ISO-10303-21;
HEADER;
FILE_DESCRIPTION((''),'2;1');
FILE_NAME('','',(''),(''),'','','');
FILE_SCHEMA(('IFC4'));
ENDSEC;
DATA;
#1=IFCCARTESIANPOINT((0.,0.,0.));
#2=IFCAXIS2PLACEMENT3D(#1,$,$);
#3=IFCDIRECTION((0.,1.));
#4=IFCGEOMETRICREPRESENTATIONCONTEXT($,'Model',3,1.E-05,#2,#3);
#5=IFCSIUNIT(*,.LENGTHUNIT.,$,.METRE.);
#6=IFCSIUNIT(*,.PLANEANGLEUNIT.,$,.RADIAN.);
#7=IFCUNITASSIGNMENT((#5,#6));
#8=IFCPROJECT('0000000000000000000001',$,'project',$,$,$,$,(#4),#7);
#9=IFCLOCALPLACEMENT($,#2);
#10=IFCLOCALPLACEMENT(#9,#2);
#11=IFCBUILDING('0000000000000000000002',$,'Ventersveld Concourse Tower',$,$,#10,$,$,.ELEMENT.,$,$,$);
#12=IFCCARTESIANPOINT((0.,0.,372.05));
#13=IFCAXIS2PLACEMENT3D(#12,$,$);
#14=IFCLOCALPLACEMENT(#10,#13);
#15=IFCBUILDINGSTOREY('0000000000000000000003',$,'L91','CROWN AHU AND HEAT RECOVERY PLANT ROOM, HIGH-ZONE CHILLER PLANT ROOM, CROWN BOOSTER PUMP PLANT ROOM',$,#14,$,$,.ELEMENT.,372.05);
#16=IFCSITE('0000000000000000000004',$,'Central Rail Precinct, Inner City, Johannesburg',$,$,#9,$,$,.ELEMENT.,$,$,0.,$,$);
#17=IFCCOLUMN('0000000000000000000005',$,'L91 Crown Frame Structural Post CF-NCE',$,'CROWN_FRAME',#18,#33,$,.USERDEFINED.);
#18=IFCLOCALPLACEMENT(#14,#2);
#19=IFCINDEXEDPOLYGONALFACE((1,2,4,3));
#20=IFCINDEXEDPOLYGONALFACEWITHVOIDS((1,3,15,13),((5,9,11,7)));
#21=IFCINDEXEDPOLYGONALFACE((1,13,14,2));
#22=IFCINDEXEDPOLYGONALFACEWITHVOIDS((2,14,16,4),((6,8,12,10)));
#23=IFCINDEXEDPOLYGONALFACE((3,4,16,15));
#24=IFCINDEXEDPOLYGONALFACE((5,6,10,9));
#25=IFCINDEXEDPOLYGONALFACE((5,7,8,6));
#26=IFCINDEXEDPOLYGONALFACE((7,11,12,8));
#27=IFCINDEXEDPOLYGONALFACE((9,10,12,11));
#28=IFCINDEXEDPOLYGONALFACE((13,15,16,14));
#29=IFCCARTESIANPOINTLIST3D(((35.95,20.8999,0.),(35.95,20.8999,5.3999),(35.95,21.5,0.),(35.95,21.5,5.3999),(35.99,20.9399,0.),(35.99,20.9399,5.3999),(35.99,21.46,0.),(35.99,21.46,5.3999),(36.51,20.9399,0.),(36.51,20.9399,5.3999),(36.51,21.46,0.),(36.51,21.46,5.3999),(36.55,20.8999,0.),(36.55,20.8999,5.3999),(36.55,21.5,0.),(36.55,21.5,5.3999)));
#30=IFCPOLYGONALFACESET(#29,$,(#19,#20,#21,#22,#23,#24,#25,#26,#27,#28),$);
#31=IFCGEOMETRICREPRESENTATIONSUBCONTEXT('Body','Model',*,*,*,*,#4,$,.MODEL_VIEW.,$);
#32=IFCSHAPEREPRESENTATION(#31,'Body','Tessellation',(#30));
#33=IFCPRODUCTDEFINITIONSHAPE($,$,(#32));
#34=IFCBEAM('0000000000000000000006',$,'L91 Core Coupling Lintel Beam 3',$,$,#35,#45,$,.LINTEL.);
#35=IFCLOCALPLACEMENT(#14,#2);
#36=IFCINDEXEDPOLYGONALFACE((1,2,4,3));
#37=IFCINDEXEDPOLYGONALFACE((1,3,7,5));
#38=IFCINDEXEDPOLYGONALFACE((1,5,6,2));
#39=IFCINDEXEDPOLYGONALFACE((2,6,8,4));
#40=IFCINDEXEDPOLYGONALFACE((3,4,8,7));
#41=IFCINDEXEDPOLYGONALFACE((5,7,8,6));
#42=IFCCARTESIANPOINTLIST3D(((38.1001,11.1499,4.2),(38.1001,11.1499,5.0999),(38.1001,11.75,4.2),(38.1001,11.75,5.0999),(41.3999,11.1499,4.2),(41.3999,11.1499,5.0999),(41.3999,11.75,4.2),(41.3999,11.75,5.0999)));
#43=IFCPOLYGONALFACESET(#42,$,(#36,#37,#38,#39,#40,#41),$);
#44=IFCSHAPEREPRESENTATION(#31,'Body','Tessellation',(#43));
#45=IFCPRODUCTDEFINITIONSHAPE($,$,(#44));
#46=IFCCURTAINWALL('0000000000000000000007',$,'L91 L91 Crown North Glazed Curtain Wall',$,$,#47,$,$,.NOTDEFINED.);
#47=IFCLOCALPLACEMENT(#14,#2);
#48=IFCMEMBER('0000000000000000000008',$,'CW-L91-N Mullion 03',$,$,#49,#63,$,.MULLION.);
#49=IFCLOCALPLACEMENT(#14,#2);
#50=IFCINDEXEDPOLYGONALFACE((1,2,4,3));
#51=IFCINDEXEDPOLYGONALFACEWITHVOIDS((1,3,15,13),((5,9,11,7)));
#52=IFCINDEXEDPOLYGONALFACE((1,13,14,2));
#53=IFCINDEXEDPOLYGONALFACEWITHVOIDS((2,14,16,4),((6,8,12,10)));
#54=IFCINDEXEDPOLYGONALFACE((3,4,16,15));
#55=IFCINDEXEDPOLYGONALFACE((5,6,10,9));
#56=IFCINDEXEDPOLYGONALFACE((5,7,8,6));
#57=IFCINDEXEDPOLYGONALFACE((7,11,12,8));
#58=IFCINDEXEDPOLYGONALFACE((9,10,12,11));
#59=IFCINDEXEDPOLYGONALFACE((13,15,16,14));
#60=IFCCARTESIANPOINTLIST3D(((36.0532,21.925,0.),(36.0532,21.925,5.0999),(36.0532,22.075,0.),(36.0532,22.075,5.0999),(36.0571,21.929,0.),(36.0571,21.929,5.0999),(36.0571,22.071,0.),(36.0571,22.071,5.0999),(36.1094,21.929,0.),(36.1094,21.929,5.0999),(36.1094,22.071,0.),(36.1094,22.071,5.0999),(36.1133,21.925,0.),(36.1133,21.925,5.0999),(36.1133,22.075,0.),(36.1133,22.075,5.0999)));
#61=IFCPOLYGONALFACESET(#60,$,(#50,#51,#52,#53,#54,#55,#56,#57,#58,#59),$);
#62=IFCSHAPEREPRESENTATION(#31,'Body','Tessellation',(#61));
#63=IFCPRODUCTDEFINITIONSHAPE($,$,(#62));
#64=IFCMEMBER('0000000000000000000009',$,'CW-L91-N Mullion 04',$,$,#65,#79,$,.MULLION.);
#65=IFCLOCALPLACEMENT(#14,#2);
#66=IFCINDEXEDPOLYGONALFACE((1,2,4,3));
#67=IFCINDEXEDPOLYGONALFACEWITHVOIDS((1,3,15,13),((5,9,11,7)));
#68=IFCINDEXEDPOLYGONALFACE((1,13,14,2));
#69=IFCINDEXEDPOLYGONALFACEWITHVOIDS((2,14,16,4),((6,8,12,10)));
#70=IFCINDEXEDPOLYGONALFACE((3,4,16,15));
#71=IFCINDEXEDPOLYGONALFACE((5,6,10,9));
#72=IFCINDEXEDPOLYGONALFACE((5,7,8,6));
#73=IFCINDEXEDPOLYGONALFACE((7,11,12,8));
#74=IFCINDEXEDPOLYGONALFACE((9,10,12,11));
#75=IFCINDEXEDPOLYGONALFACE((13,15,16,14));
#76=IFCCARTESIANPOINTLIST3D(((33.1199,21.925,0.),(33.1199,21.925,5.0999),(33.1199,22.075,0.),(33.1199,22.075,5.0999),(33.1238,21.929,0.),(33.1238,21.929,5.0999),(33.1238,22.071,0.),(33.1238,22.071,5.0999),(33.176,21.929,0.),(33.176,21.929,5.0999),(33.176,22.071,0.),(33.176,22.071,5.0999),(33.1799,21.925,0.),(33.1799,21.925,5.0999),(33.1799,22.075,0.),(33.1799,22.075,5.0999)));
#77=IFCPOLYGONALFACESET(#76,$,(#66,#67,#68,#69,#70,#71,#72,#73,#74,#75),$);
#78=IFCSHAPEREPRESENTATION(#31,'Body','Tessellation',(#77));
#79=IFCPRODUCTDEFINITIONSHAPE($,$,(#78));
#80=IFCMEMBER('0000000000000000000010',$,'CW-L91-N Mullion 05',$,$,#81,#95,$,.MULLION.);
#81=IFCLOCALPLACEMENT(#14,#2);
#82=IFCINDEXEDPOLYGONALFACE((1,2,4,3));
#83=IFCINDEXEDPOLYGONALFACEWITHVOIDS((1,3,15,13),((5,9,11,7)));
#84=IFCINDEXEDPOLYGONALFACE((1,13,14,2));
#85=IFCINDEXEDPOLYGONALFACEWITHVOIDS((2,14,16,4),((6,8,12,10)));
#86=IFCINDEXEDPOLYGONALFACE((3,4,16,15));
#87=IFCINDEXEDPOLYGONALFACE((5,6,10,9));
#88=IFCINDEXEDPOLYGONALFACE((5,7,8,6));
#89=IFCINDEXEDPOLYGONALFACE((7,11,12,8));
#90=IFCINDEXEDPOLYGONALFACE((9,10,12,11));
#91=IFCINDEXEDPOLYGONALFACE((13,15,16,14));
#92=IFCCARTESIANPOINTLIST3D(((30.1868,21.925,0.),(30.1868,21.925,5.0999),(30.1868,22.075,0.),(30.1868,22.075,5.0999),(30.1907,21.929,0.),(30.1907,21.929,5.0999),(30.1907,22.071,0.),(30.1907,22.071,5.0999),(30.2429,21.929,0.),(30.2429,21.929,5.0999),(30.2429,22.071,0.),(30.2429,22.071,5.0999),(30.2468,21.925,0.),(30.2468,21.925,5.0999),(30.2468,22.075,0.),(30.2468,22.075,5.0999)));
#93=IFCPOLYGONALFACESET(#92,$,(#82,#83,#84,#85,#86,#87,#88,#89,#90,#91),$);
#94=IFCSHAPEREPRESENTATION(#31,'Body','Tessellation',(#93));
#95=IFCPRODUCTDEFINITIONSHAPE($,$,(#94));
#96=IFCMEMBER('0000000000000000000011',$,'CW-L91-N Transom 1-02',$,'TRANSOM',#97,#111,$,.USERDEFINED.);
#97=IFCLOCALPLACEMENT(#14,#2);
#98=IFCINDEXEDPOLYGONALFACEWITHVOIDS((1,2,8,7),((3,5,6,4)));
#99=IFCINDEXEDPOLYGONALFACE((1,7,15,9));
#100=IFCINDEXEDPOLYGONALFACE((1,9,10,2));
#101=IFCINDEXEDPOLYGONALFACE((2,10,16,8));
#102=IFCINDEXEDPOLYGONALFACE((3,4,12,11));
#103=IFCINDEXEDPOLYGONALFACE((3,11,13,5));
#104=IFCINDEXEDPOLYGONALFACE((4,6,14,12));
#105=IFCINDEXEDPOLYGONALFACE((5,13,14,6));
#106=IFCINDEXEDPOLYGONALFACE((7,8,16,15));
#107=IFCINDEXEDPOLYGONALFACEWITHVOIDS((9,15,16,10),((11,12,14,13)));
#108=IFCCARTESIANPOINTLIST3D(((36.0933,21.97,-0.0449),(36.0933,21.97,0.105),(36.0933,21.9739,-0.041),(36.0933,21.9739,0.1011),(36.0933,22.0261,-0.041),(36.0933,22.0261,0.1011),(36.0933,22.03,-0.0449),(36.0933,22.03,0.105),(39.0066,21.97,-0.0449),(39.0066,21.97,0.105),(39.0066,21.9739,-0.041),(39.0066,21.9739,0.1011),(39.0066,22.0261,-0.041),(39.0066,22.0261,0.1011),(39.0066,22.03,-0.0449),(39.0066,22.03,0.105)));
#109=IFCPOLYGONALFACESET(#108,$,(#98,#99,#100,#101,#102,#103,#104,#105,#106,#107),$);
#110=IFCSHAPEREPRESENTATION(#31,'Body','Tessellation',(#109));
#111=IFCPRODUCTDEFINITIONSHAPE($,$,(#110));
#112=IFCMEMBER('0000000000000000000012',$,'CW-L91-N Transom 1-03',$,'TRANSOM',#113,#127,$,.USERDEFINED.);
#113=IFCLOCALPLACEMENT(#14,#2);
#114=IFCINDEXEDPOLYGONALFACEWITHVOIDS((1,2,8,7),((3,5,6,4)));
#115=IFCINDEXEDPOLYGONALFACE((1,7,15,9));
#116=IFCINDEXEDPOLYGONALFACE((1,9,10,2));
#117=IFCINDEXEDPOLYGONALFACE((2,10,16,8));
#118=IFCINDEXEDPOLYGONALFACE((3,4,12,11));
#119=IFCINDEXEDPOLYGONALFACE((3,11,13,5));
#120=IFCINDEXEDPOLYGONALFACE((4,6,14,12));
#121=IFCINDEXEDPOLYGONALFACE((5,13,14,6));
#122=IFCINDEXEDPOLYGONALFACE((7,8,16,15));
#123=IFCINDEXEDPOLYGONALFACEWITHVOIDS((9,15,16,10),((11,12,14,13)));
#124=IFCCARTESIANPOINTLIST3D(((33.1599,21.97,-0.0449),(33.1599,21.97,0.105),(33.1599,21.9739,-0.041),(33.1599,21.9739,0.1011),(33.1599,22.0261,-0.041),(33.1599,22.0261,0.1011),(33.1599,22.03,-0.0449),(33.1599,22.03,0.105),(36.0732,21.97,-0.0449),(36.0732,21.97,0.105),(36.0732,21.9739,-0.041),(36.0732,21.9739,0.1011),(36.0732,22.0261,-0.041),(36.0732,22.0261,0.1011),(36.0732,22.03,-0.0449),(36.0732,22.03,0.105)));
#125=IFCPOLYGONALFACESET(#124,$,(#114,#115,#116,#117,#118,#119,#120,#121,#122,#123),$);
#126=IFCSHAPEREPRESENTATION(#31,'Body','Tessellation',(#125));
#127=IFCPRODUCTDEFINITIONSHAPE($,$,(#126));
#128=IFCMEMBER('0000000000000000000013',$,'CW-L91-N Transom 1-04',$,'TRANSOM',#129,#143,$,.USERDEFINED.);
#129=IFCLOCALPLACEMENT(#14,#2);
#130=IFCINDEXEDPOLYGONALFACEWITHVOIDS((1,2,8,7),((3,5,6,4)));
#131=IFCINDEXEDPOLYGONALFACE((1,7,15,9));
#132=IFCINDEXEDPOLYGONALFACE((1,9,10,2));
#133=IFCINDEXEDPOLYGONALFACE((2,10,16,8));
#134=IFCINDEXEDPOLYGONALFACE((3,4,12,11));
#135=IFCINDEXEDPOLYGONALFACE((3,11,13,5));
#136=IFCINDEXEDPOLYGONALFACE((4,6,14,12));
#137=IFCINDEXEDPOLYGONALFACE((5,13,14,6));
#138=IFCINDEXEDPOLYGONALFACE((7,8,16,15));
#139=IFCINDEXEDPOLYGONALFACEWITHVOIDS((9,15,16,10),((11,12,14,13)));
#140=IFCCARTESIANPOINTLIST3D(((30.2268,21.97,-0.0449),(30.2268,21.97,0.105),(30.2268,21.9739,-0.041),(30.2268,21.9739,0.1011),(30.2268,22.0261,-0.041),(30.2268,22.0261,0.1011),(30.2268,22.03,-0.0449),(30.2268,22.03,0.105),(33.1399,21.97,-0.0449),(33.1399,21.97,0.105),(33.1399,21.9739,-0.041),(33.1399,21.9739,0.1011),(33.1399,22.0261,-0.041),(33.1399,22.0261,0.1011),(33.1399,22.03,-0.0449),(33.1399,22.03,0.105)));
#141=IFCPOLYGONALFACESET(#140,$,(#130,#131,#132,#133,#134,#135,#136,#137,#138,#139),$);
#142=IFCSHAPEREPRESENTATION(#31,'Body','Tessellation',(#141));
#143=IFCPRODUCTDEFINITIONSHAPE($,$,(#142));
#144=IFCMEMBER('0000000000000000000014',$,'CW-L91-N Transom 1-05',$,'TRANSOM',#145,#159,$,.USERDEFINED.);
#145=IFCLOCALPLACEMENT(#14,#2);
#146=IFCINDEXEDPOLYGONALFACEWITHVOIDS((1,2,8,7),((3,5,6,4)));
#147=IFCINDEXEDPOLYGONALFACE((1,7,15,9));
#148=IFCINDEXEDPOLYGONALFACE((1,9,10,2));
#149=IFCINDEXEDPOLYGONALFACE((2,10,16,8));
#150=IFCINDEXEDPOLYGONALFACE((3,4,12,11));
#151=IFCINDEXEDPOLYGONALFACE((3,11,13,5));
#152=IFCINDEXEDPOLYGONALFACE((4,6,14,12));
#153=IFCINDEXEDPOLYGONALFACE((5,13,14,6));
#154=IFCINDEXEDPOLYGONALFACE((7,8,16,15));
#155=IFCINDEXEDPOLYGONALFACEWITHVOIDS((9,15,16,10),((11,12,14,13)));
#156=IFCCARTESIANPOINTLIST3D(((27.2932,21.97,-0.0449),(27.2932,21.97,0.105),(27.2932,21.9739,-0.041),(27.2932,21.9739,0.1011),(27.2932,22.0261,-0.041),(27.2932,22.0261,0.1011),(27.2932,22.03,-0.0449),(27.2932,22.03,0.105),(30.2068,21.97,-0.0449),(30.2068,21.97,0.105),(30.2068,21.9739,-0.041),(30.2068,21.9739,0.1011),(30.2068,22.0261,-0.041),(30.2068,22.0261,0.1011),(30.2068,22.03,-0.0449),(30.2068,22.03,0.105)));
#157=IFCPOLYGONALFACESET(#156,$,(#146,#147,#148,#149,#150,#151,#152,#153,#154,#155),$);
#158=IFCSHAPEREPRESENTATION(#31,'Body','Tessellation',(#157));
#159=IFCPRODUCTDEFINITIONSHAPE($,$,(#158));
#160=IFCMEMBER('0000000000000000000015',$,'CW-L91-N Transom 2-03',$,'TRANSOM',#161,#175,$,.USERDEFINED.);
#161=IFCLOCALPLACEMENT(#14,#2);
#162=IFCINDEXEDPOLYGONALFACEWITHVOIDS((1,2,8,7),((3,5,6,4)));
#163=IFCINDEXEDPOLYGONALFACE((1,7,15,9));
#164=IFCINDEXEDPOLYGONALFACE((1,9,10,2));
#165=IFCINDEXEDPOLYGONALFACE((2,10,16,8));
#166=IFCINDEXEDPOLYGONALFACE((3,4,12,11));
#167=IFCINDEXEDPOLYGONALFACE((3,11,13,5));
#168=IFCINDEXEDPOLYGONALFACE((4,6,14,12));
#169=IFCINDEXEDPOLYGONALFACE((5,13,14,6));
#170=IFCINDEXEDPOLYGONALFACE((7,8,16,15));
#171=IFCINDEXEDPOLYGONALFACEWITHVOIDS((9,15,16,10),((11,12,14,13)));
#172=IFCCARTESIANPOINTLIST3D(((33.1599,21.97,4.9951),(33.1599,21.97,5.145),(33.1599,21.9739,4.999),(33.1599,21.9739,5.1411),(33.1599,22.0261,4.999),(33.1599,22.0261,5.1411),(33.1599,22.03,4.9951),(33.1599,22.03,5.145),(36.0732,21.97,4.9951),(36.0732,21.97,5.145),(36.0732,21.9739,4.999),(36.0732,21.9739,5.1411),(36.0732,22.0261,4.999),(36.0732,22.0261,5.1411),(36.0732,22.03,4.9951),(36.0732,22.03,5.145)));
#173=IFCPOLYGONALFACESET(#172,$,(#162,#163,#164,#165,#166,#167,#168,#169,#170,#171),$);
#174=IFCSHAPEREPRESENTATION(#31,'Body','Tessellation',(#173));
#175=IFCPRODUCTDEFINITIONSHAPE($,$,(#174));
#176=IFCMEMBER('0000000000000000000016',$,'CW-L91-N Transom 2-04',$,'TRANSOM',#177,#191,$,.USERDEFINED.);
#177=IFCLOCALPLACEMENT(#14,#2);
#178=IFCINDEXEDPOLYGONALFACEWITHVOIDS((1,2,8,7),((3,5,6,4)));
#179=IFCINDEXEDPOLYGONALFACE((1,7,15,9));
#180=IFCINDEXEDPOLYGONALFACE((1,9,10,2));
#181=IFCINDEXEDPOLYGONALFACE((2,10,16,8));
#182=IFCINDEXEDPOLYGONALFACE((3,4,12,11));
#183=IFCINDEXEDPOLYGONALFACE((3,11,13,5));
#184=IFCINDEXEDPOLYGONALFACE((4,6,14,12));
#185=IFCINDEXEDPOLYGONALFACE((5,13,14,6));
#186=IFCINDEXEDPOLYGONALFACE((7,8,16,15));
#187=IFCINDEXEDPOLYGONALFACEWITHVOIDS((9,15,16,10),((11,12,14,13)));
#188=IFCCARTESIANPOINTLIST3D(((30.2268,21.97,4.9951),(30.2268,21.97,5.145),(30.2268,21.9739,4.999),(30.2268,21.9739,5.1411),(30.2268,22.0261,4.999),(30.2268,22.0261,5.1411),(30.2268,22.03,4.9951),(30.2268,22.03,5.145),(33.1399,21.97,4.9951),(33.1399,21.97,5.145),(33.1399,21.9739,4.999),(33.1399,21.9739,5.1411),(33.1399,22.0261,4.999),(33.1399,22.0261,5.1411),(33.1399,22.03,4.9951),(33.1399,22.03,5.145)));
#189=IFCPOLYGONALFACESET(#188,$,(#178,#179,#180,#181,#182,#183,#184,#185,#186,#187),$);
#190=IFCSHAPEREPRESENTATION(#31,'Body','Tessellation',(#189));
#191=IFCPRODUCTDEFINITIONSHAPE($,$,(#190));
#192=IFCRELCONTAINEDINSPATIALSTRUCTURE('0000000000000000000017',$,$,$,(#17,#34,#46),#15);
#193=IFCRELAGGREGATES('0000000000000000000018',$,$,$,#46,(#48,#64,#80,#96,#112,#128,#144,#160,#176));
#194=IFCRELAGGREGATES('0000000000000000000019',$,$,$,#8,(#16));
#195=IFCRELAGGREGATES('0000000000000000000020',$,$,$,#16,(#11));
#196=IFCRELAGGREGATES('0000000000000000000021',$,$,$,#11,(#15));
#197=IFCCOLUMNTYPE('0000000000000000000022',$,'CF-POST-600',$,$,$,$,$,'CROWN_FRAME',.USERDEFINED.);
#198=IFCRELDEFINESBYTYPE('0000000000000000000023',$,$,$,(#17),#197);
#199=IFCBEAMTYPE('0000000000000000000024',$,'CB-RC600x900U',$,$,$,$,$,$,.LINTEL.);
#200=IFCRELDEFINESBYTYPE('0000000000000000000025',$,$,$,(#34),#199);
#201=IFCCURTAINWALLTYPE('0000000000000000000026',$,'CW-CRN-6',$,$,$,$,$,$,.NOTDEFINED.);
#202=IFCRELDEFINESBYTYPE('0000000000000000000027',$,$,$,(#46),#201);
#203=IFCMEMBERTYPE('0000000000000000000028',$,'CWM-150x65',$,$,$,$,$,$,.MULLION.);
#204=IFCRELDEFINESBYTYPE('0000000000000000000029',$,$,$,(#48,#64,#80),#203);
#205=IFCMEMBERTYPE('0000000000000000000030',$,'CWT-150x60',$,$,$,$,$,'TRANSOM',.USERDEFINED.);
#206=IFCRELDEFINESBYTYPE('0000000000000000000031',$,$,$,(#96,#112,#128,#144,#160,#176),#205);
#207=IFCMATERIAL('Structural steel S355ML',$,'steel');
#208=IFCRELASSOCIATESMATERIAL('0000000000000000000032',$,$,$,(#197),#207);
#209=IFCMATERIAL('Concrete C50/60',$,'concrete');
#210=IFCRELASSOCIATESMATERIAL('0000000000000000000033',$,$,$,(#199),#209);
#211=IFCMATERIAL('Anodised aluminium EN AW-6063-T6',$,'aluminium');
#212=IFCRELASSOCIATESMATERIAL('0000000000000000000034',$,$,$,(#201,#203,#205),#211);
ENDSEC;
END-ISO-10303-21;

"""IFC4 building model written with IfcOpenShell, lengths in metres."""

from ifc_helpers import new_model, si_unit, direction, frame, origin, origin_2d, place, context, subcontext, project, spatial, rectangle, hollow_rectangle, extrude, material, material_profile, profile_set, type_object, element, aggregate, save


model = new_model("IFC4")

# Units and contexts
model_context = context("Model", 3, precision=1e-05, world=origin(), true_north=direction((0.0, 1.0)))
body_context = subcontext(model_context, "Body", "Model", "MODEL_VIEW")
ifc_project = project(units=[si_unit("LENGTHUNIT", "METRE"), si_unit("PLANEANGLEUNIT", "RADIAN")], contexts=[model_context])

# Site, building, storey
site_placement = place(None, origin())
site = spatial("IfcSite", under=ifc_project, at=site_placement, Name="Central Rail Precinct, Inner City, Johannesburg", CompositionType="ELEMENT", RefElevation=0.0)
building_placement = place(site_placement, origin())
building = spatial("IfcBuilding", under=site, at=building_placement, Name="Ventersveld Concourse Tower", CompositionType="ELEMENT")
storey_placement = place(building_placement, frame((0.0, 0.0, 372.05)))
storey = spatial("IfcBuildingStorey", under=building, at=storey_placement, Name="L91", Description="CROWN AHU AND HEAT RECOVERY PLANT ROOM, HIGH-ZONE CHILLER PLANT ROOM, CROWN BOOSTER PUMP PLANT ROOM", CompositionType="ELEMENT", Elevation=372.05)

# Column
ifc_material_1 = material(Name="Structural steel S355ML", Category="steel")
ifc_material_profile_1 = material_profile(ifc_material_1, hollow_rectangle(XDim=0.6001, YDim=0.6001, WallThickness=0.04, at=origin_2d()), Name="BOX 600x600x40")
ifc_profile_set_1 = profile_set([ifc_material_profile_1], Name="Structural steel S355ML")
column_type = type_object("IfcColumnType", Name="CF-POST-600", ElementType="CROWN_FRAME", PredefinedType="USERDEFINED", material=ifc_profile_set_1)
column_placement = place(storey_placement, frame((36.25, 21.2, 0.0), z_axis=(0.0, 0.0, 1.0), x_axis=(1.0, 0.0, 0.0)))
element("IfcColumn", 1, at=column_placement, inside=storey, type_object=column_type, Name="L91 Crown Frame Structural Post CF-NCE", ObjectType="CROWN_FRAME", PredefinedType="USERDEFINED", context=body_context, shape_type="SweptSolid", body=[
    extrude(hollow_rectangle(XDim=0.6001, YDim=0.6001, WallThickness=0.04, at=origin_2d()), origin(), (0.0, 0.0, 1.0), 5.3999),
])

# Beam
ifc_material_2 = material(Name="Concrete C50/60", Category="concrete")
ifc_material_profile_2 = material_profile(ifc_material_2, rectangle(XDim=0.6001, YDim=0.8999, at=origin_2d()), Name="RC 600x900")
ifc_profile_set_2 = profile_set([ifc_material_profile_2], Name="Concrete C50/60")
beam_type_1 = type_object("IfcBeamType", Name="CB-RC600x900U", PredefinedType="LINTEL", material=ifc_profile_set_2)
beam_1_placement = place(storey_placement, frame((38.1001, 11.45, 4.6499), z_axis=(1.0, 0.0, 0.0), x_axis=(0.0, 1.0, 0.0)))
element("IfcBeam", 2, at=beam_1_placement, inside=storey, type_object=beam_type_1, Name="L91 Core Coupling Lintel Beam 3", PredefinedType="LINTEL", context=body_context, shape_type="SweptSolid", body=[
    extrude(rectangle(XDim=0.6001, YDim=0.8999, at=origin_2d()), origin(), (0.0, 0.0, 1.0), 3.2998),
])

# Curtain wall, members
ifc_material_3 = material(Name="Anodised aluminium EN AW-6063-T6", Category="aluminium")
curtain_wall_type = type_object("IfcCurtainWallType", Name="CW-CRN-6", PredefinedType="NOTDEFINED", material=ifc_material_3)
curtain_wall_placement = place(storey_placement, origin())
curtain_wall = element("IfcCurtainWall", 3, at=curtain_wall_placement, inside=storey, type_object=curtain_wall_type, Name="L91 L91 Crown North Glazed Curtain Wall", PredefinedType="NOTDEFINED")
ifc_material_profile_3 = material_profile(ifc_material_3, hollow_rectangle(XDim=0.0601, YDim=0.1499, WallThickness=0.0039, at=origin_2d()), Name="ALU 150x60x4")
ifc_profile_set_3 = profile_set([ifc_material_profile_3], Name="Anodised aluminium EN AW-6063-T6")
member_type_1 = type_object("IfcMemberType", Name="CWM-150x65", PredefinedType="MULLION", material=ifc_profile_set_3)
member_1_placement = place(storey_placement, frame((36.0833, 22.0, 0.0), z_axis=(0.0, 0.0, 1.0), x_axis=(1.0, 0.0, 0.0)))
member_1 = element("IfcMember", 4, at=member_1_placement, type_object=member_type_1, Name="CW-L91-N Mullion 03", PredefinedType="MULLION", context=body_context, shape_type="SweptSolid", body=[
    extrude(hollow_rectangle(XDim=0.0601, YDim=0.1499, WallThickness=0.0039, at=origin_2d()), origin(), (0.0, 0.0, 1.0), 5.0999),
])
member_2_placement = place(storey_placement, frame((33.1499, 22.0, 0.0), z_axis=(0.0, 0.0, 1.0), x_axis=(1.0, 0.0, 0.0)))
member_2 = element("IfcMember", 5, at=member_2_placement, type_object=member_type_1, Name="CW-L91-N Mullion 04", PredefinedType="MULLION", context=body_context, shape_type="SweptSolid", body=[
    extrude(hollow_rectangle(XDim=0.0601, YDim=0.1499, WallThickness=0.0039, at=origin_2d()), origin(), (0.0, 0.0, 1.0), 5.0999),
])
member_3_placement = place(storey_placement, frame((30.2168, 22.0, 0.0), z_axis=(0.0, 0.0, 1.0), x_axis=(1.0, 0.0, 0.0)))
member_3 = element("IfcMember", 6, at=member_3_placement, type_object=member_type_1, Name="CW-L91-N Mullion 05", PredefinedType="MULLION", context=body_context, shape_type="SweptSolid", body=[
    extrude(hollow_rectangle(XDim=0.0601, YDim=0.1499, WallThickness=0.0039, at=origin_2d()), origin(), (0.0, 0.0, 1.0), 5.0999),
])
ifc_material_profile_4 = material_profile(ifc_material_3, hollow_rectangle(XDim=0.0601, YDim=0.1499, WallThickness=0.0039, at=origin_2d()), Name="ALU 150x60x4")
ifc_profile_set_4 = profile_set([ifc_material_profile_4], Name="Anodised aluminium EN AW-6063-T6")
member_type_2 = type_object("IfcMemberType", Name="CWT-150x60", ElementType="TRANSOM", PredefinedType="USERDEFINED", material=ifc_profile_set_4)
member_4_placement = place(storey_placement, frame((39.0066, 22.0, 0.03), z_axis=(-1.0, 0.0, 0.0), x_axis=(0.0, -1.0, 0.0)))
member_4 = element("IfcMember", 7, at=member_4_placement, type_object=member_type_2, Name="CW-L91-N Transom 1-02", ObjectType="TRANSOM", PredefinedType="USERDEFINED", context=body_context, shape_type="SweptSolid", body=[
    extrude(hollow_rectangle(XDim=0.0601, YDim=0.1499, WallThickness=0.0039, at=origin_2d()), origin(), (0.0, 0.0, 1.0), 2.9133),
])
member_5_placement = place(storey_placement, frame((36.0732, 22.0, 0.03), z_axis=(-1.0, 0.0, 0.0), x_axis=(0.0, -1.0, 0.0)))
member_5 = element("IfcMember", 8, at=member_5_placement, type_object=member_type_2, Name="CW-L91-N Transom 1-03", ObjectType="TRANSOM", PredefinedType="USERDEFINED", context=body_context, shape_type="SweptSolid", body=[
    extrude(hollow_rectangle(XDim=0.0601, YDim=0.1499, WallThickness=0.0039, at=origin_2d()), origin(), (0.0, 0.0, 1.0), 2.9133),
])
member_6_placement = place(storey_placement, frame((33.1399, 22.0, 0.03), z_axis=(-1.0, 0.0, 0.0), x_axis=(0.0, -1.0, 0.0)))
member_6 = element("IfcMember", 9, at=member_6_placement, type_object=member_type_2, Name="CW-L91-N Transom 1-04", ObjectType="TRANSOM", PredefinedType="USERDEFINED", context=body_context, shape_type="SweptSolid", body=[
    extrude(hollow_rectangle(XDim=0.0601, YDim=0.1499, WallThickness=0.0039, at=origin_2d()), origin(), (0.0, 0.0, 1.0), 2.9131),
])
member_7_placement = place(storey_placement, frame((30.2068, 22.0, 0.03), z_axis=(-1.0, 0.0, 0.0), x_axis=(0.0, -1.0, 0.0)))
member_7 = element("IfcMember", 10, at=member_7_placement, type_object=member_type_2, Name="CW-L91-N Transom 1-05", ObjectType="TRANSOM", PredefinedType="USERDEFINED", context=body_context, shape_type="SweptSolid", body=[
    extrude(hollow_rectangle(XDim=0.0601, YDim=0.1499, WallThickness=0.0039, at=origin_2d()), origin(), (0.0, 0.0, 1.0), 2.9136),
])
member_8_placement = place(storey_placement, frame((36.0732, 22.0, 5.0701), z_axis=(-1.0, 0.0, 0.0), x_axis=(0.0, -1.0, 0.0)))
member_8 = element("IfcMember", 11, at=member_8_placement, type_object=member_type_2, Name="CW-L91-N Transom 2-03", ObjectType="TRANSOM", PredefinedType="USERDEFINED", context=body_context, shape_type="SweptSolid", body=[
    extrude(hollow_rectangle(XDim=0.0601, YDim=0.1499, WallThickness=0.0039, at=origin_2d()), origin(), (0.0, 0.0, 1.0), 2.9133),
])
member_9_placement = place(storey_placement, frame((33.1399, 22.0, 5.0701), z_axis=(-1.0, 0.0, 0.0), x_axis=(0.0, -1.0, 0.0)))
member_9 = element("IfcMember", 12, at=member_9_placement, type_object=member_type_2, Name="CW-L91-N Transom 2-04", ObjectType="TRANSOM", PredefinedType="USERDEFINED", context=body_context, shape_type="SweptSolid", body=[
    extrude(hollow_rectangle(XDim=0.0601, YDim=0.1499, WallThickness=0.0039, at=origin_2d()), origin(), (0.0, 0.0, 1.0), 2.9131),
])

aggregate(curtain_wall, [member_1, member_2, member_3, member_4, member_5, member_6, member_7, member_8, member_9])

save(model, "model.ifc")
